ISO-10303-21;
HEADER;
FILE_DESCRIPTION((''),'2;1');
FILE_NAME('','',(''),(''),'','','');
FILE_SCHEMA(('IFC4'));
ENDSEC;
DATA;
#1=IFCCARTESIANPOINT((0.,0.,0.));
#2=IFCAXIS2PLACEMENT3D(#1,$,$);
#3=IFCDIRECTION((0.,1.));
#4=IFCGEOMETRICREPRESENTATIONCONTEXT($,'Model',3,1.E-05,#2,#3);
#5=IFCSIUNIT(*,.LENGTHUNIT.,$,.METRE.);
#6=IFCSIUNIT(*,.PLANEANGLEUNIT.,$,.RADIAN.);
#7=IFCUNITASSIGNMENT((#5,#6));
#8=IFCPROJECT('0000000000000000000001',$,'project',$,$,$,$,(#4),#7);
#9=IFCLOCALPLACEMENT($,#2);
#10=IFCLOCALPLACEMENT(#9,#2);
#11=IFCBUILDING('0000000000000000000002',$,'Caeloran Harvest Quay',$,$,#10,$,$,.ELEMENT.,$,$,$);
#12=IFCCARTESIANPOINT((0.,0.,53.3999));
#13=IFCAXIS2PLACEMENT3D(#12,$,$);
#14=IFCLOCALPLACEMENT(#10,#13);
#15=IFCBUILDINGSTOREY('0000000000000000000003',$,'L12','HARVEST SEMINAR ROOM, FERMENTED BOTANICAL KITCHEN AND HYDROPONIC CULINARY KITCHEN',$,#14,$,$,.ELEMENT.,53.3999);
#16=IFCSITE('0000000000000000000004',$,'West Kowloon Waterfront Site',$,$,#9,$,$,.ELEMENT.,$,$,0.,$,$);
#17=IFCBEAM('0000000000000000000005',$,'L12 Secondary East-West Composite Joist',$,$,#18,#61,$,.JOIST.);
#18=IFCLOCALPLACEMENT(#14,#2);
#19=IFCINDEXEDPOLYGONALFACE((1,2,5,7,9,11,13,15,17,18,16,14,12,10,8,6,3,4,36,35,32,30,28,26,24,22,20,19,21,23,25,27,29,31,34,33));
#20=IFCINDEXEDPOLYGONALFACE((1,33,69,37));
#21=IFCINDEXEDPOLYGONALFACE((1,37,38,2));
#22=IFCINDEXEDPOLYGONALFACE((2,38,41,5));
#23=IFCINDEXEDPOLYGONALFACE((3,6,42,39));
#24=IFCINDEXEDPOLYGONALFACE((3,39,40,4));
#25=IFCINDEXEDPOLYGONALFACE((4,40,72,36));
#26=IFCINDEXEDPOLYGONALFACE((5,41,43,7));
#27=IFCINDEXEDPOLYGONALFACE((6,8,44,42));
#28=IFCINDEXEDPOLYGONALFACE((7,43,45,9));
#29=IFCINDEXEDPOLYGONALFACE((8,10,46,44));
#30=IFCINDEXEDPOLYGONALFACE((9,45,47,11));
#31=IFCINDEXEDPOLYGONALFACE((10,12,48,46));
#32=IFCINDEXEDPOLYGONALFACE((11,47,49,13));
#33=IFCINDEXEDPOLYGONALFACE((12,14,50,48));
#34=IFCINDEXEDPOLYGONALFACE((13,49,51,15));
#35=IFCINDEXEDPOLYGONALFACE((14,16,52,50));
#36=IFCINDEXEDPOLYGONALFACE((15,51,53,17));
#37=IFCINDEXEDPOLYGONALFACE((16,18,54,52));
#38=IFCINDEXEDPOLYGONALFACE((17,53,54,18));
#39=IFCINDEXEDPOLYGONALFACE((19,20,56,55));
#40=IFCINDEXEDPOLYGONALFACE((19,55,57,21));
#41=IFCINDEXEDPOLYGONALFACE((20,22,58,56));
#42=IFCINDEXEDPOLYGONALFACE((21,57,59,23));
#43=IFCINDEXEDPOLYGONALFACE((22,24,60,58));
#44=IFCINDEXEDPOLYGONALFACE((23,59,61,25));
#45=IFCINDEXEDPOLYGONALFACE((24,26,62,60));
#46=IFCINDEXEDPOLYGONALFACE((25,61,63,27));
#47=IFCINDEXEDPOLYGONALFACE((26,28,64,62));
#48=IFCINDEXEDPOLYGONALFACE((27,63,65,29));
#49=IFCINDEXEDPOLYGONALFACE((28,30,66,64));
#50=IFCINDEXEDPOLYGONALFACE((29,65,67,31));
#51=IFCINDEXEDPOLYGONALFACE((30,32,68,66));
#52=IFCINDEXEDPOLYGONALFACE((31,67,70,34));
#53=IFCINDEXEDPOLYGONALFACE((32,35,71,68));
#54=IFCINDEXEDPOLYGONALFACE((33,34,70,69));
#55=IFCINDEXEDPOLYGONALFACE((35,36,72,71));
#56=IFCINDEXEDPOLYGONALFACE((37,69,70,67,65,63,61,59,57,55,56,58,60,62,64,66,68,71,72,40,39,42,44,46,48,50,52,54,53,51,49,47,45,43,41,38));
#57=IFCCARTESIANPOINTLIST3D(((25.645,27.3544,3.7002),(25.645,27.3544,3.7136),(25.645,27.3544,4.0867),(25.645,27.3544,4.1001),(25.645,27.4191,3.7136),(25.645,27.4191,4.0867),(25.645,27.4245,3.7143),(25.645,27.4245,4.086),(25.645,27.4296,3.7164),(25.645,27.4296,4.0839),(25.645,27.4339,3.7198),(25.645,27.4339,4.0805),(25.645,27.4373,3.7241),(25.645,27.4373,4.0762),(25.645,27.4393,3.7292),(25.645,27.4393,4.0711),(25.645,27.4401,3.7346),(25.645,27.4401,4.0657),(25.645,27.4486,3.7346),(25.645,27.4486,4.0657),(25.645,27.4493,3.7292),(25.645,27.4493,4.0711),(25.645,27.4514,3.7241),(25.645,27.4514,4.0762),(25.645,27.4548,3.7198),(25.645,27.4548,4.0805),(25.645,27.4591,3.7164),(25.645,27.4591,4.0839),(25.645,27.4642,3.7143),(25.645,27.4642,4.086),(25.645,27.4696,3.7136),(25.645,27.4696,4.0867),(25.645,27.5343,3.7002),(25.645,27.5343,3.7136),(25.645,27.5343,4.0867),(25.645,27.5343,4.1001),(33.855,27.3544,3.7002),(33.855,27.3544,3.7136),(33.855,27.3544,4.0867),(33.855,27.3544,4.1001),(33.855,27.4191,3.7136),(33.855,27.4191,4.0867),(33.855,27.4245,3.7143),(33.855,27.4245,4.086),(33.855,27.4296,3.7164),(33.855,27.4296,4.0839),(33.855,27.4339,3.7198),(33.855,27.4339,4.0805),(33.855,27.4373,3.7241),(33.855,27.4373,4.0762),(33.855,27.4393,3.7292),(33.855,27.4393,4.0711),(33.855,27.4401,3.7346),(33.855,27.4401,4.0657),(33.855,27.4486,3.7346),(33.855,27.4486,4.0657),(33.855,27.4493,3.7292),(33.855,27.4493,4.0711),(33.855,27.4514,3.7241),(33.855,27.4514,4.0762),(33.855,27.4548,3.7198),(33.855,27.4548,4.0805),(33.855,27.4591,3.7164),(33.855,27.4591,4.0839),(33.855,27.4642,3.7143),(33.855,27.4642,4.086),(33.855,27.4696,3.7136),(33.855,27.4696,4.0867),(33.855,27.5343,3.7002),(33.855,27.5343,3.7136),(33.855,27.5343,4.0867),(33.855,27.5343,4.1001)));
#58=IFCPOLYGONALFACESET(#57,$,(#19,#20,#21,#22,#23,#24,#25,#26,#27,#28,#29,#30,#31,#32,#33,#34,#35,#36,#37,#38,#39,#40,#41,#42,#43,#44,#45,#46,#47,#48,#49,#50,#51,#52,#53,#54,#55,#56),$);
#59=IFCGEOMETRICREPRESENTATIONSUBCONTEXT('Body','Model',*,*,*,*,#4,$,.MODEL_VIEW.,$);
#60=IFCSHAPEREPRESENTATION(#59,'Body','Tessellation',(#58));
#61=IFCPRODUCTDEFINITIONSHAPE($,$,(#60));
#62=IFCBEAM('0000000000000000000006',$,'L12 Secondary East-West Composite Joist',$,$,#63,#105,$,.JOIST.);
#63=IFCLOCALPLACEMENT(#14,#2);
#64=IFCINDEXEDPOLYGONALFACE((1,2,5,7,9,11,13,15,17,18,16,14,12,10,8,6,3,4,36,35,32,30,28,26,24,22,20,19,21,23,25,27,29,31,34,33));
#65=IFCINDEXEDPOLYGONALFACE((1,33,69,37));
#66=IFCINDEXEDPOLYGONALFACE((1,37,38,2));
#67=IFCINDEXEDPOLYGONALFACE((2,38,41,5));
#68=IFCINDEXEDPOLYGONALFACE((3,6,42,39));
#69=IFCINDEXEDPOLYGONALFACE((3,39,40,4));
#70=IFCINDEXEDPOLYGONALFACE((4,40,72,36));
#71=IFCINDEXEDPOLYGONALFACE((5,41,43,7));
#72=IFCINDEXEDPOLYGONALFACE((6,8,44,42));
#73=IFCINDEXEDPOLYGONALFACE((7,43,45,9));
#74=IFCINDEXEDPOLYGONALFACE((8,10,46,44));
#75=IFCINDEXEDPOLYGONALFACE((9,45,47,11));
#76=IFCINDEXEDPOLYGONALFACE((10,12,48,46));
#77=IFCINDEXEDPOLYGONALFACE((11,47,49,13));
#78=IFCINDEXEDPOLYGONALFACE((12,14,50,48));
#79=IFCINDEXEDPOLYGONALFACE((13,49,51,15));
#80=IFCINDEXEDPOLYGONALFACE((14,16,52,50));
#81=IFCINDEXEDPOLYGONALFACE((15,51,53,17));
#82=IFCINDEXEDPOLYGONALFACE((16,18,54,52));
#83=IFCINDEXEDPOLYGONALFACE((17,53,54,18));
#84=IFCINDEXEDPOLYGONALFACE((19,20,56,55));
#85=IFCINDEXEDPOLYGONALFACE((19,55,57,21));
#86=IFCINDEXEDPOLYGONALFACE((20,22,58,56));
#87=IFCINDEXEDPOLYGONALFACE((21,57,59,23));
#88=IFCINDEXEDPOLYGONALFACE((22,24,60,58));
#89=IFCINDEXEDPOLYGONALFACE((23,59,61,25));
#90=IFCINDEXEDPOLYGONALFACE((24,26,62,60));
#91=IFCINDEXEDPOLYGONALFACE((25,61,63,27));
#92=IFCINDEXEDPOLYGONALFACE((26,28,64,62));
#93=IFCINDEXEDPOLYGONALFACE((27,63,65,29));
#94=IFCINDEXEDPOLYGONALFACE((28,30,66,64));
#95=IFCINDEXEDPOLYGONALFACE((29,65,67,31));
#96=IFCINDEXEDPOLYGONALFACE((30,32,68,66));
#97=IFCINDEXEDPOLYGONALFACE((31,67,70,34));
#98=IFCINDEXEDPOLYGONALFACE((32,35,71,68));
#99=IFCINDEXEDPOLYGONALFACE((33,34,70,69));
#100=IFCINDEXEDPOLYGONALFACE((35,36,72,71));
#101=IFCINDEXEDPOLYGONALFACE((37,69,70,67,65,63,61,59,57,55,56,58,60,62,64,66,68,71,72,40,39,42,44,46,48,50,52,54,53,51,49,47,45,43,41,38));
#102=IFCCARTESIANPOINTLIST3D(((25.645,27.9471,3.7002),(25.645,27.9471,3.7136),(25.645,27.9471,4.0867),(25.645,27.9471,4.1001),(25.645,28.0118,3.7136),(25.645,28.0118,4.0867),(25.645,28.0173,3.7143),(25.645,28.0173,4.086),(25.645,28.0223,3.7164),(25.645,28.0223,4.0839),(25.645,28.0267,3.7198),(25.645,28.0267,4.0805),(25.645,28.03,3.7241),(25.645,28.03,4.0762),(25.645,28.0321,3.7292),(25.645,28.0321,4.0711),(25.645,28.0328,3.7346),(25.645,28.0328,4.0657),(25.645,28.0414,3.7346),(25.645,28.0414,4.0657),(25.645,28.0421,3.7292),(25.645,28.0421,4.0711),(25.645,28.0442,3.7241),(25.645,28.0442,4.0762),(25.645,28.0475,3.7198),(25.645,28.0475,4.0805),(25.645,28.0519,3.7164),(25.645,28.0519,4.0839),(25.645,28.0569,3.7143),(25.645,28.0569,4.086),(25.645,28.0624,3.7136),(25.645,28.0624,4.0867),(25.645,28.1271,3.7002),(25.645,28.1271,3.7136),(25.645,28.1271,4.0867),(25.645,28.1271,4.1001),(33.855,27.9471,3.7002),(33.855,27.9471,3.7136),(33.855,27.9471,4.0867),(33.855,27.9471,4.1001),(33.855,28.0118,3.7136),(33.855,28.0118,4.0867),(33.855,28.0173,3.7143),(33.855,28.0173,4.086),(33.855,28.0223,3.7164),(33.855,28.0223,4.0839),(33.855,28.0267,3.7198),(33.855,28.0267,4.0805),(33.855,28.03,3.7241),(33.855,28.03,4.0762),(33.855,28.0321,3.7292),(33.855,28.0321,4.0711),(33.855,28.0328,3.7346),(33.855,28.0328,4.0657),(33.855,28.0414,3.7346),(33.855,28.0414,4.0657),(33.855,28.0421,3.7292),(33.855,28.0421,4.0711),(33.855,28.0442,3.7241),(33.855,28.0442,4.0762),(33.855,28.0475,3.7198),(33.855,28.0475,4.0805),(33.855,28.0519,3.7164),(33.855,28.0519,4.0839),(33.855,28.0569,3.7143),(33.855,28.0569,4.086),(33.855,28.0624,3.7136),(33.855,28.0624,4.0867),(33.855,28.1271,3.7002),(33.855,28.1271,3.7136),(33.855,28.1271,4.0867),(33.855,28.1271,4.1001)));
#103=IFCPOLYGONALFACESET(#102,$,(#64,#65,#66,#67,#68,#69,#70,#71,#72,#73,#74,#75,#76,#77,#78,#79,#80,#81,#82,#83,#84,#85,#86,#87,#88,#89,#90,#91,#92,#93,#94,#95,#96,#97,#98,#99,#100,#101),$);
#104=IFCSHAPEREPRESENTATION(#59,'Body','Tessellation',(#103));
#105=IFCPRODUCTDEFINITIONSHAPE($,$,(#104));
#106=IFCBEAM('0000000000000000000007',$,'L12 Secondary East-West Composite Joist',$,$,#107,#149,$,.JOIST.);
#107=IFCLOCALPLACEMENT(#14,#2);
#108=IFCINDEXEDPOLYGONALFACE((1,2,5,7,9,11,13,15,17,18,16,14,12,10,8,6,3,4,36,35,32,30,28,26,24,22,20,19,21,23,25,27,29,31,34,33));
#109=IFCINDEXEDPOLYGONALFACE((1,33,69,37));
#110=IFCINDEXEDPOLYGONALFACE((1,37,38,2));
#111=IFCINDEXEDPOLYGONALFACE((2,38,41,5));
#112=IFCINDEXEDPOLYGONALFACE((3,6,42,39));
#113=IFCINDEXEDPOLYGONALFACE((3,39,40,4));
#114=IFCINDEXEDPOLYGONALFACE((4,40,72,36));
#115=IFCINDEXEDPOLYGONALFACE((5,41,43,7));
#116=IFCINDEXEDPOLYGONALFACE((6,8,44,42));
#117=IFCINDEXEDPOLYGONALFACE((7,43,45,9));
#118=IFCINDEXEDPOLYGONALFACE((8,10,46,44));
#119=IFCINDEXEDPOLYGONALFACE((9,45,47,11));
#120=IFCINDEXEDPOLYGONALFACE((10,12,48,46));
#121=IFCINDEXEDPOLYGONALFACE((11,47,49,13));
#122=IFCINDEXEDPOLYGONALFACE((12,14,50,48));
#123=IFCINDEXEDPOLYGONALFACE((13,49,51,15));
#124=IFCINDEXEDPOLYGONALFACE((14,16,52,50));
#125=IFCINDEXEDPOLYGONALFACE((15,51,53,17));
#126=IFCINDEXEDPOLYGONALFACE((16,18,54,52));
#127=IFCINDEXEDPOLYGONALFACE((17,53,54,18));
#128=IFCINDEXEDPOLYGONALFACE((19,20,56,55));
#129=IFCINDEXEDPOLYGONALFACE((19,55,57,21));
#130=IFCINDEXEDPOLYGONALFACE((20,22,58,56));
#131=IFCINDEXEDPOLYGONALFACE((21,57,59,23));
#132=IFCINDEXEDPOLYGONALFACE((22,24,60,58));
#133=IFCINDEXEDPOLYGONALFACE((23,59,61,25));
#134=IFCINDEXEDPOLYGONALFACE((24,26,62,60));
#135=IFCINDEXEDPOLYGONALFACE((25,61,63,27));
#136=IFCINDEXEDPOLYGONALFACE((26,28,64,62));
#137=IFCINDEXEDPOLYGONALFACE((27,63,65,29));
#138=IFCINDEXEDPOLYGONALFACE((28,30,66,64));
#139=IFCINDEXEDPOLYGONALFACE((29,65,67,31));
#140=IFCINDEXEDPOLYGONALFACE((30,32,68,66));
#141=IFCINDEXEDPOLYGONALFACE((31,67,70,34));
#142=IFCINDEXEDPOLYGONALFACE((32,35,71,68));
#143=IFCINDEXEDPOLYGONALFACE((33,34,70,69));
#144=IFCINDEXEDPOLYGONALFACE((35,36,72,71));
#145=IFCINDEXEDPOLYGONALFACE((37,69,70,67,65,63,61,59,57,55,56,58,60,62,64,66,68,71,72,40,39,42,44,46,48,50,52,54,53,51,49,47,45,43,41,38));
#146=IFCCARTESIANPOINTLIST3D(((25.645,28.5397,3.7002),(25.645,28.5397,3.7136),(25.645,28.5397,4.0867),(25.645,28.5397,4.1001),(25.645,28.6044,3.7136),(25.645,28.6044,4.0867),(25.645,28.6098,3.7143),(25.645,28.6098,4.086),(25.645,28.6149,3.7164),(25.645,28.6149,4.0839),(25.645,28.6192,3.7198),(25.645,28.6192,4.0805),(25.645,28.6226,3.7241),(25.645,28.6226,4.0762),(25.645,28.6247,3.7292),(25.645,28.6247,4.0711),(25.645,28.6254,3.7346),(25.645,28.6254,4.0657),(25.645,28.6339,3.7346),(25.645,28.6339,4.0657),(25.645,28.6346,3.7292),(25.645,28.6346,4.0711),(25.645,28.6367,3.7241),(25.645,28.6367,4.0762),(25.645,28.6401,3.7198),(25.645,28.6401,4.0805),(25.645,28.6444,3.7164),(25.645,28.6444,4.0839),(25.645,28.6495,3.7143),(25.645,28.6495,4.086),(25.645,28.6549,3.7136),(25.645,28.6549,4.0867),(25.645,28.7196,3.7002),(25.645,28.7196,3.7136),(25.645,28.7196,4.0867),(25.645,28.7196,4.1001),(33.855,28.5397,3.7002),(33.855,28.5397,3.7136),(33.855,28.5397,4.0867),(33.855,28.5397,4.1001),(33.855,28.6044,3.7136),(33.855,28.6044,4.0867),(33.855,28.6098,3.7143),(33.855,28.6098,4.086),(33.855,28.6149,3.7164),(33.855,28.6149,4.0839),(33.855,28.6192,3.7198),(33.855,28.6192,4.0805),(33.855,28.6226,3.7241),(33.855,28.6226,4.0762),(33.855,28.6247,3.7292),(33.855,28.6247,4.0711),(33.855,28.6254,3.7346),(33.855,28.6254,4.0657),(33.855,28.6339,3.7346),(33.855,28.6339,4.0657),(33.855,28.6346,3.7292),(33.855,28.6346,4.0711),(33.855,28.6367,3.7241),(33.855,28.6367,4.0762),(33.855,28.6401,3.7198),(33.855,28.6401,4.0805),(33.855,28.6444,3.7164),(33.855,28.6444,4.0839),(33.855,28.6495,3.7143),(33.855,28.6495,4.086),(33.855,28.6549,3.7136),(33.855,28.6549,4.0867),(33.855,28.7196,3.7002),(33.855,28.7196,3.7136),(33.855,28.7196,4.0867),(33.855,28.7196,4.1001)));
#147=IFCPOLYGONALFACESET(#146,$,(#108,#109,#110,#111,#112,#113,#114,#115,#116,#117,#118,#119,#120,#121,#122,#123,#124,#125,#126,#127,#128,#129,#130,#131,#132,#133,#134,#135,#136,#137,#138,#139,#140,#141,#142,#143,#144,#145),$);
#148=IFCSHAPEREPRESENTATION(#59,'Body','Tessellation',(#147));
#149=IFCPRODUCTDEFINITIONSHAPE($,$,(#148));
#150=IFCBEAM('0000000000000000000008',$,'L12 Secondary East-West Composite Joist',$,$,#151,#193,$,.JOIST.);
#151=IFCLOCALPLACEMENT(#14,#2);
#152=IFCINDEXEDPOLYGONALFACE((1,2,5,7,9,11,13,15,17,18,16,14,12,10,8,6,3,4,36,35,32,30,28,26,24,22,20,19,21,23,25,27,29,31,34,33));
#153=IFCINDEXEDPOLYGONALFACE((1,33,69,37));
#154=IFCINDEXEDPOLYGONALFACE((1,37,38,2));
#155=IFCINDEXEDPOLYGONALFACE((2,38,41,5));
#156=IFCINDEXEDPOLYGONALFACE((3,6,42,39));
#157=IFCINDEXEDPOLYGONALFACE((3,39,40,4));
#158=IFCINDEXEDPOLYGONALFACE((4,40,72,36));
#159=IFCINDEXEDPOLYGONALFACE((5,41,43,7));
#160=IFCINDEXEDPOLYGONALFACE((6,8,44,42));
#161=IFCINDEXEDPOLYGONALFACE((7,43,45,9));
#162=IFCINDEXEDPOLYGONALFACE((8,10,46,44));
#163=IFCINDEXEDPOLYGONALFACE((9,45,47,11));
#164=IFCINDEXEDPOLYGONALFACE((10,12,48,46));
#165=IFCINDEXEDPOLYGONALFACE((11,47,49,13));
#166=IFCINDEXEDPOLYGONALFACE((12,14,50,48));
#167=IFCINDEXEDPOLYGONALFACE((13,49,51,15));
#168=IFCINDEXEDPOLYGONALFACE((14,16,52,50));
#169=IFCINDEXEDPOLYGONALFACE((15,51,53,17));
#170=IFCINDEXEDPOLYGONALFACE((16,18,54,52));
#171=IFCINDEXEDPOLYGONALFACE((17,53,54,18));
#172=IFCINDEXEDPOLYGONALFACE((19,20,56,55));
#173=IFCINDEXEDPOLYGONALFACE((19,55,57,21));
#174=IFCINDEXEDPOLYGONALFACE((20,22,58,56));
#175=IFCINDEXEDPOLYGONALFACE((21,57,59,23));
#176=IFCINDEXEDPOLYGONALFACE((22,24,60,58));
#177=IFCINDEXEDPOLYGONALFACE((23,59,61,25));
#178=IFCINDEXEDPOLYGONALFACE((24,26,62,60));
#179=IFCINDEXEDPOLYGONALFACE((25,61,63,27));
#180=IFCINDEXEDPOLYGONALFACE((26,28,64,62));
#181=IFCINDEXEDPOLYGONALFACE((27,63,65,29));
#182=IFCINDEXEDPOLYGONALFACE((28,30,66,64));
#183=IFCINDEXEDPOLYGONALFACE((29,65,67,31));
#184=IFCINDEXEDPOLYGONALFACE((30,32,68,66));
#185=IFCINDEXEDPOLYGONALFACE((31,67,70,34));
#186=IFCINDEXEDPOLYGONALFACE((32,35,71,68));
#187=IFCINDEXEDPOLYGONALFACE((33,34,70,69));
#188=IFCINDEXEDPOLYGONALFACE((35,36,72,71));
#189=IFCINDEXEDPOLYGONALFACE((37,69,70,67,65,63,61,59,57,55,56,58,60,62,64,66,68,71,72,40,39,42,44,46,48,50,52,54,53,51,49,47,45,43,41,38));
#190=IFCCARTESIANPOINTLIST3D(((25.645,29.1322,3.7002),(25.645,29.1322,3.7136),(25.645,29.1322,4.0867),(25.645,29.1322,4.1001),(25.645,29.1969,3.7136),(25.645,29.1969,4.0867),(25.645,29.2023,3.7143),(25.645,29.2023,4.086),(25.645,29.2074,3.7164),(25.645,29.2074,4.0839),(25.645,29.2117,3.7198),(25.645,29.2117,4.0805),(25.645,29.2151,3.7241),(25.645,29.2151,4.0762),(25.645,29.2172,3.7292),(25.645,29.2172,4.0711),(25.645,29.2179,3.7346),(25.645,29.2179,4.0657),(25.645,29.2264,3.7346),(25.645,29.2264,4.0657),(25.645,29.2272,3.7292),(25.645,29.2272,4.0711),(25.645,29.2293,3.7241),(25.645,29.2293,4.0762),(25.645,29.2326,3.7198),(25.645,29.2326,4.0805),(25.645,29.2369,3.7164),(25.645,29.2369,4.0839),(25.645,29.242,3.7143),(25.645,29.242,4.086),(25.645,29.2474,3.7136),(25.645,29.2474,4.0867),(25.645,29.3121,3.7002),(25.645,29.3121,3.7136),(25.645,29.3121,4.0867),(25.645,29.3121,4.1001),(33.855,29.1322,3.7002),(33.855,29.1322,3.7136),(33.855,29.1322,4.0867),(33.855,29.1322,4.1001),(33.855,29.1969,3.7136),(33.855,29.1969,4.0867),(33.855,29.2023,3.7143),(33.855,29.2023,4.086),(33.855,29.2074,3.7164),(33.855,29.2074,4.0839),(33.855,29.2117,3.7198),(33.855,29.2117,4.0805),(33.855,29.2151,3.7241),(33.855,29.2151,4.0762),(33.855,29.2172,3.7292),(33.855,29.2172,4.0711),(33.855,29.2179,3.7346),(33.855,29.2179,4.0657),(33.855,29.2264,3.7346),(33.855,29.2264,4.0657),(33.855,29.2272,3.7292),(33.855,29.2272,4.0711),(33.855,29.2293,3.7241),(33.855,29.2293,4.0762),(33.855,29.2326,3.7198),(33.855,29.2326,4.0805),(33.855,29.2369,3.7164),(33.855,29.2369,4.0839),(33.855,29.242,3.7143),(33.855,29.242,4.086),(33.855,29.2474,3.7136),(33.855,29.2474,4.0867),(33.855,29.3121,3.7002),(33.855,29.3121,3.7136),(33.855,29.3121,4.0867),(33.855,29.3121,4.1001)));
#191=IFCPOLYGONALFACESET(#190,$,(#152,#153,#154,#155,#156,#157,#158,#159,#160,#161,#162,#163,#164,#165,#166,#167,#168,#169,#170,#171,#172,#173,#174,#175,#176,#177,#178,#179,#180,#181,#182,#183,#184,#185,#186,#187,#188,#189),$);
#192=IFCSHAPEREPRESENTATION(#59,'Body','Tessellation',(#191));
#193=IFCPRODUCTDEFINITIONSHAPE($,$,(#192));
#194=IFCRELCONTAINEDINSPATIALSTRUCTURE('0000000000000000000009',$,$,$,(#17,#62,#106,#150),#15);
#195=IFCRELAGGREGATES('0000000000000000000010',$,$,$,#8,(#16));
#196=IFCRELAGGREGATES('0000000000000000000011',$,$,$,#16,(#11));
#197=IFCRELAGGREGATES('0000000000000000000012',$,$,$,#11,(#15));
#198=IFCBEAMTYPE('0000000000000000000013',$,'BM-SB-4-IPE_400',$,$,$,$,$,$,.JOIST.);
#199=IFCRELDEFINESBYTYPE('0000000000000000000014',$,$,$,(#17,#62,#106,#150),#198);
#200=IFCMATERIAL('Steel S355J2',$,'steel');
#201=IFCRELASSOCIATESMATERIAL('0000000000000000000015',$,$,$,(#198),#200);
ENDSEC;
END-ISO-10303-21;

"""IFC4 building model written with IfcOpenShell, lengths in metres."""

from ifc_helpers import new_model, si_unit, direction, frame, origin, origin_2d, place, context, subcontext, project, spatial, i_section, extrude, material, material_profile, profile_set, type_object, element, save


model = new_model("IFC4")

# Units and contexts
model_context = context("Model", 3, precision=1e-05, world=origin(), true_north=direction((0.0, 1.0)))
body_context = subcontext(model_context, "Body", "Model", "MODEL_VIEW")
ifc_project = project(units=[si_unit("LENGTHUNIT", "METRE"), si_unit("PLANEANGLEUNIT", "RADIAN")], contexts=[model_context])

# Site, building, storey
site_placement = place(None, origin())
site = spatial("IfcSite", under=ifc_project, at=site_placement, Name="West Kowloon Waterfront Site", CompositionType="ELEMENT", RefElevation=0.0)
building_placement = place(site_placement, origin())
building = spatial("IfcBuilding", under=site, at=building_placement, Name="Caeloran Harvest Quay", CompositionType="ELEMENT")
storey_placement = place(building_placement, frame((0.0, 0.0, 53.3999)))
storey = spatial("IfcBuildingStorey", under=building, at=storey_placement, Name="L12", Description="HARVEST SEMINAR ROOM, FERMENTED BOTANICAL KITCHEN AND HYDROPONIC CULINARY KITCHEN", CompositionType="ELEMENT", Elevation=53.3999)

# Beams
ifc_material_1 = material(Name="Steel S355J2", Category="steel")
ifc_material_profile_1 = material_profile(ifc_material_1, i_section(OverallWidth=0.1799, OverallDepth=0.3999, WebThickness=0.0085, FlangeThickness=0.0134, FilletRadius=0.021, at=origin_2d()), Name="IPE 400")
ifc_profile_set_1 = profile_set([ifc_material_profile_1], Name="Steel S355J2")
beam_type_1 = type_object("IfcBeamType", Name="BM-SB-4-IPE_400", PredefinedType="JOIST", material=ifc_profile_set_1)
for number, where, z_axis, x_axis, name in (
    (1, (25.645, 27.4443, 3.9001), (1.0, 0.0, 0.0), (0.0, 1.0, 0.0), "L12 Secondary East-West Composite Joist"),
    (2, (25.645, 28.0371, 3.9001), (1.0, 0.0, 0.0), (0.0, 1.0, 0.0), "L12 Secondary East-West Composite Joist"),
    (3, (25.645, 28.6296, 3.9001), (1.0, 0.0, 0.0), (0.0, 1.0, 0.0), "L12 Secondary East-West Composite Joist"),
    (4, (25.645, 29.2222, 3.9001), (1.0, 0.0, 0.0), (0.0, 1.0, 0.0), "L12 Secondary East-West Composite Joist"),
):
    element("IfcBeam", number, at=place(storey_placement, frame(where, z_axis=z_axis, x_axis=x_axis)), inside=storey, type_object=beam_type_1, Name=name, PredefinedType="JOIST", context=body_context, shape_type="SweptSolid", body=[
        extrude(i_section(OverallWidth=0.1799, OverallDepth=0.3999, WebThickness=0.0085, FlangeThickness=0.0134, FilletRadius=0.021, at=origin_2d()), origin(), (0.0, 0.0, 1.0), 8.21),
    ])

save(model, "model.ifc")
